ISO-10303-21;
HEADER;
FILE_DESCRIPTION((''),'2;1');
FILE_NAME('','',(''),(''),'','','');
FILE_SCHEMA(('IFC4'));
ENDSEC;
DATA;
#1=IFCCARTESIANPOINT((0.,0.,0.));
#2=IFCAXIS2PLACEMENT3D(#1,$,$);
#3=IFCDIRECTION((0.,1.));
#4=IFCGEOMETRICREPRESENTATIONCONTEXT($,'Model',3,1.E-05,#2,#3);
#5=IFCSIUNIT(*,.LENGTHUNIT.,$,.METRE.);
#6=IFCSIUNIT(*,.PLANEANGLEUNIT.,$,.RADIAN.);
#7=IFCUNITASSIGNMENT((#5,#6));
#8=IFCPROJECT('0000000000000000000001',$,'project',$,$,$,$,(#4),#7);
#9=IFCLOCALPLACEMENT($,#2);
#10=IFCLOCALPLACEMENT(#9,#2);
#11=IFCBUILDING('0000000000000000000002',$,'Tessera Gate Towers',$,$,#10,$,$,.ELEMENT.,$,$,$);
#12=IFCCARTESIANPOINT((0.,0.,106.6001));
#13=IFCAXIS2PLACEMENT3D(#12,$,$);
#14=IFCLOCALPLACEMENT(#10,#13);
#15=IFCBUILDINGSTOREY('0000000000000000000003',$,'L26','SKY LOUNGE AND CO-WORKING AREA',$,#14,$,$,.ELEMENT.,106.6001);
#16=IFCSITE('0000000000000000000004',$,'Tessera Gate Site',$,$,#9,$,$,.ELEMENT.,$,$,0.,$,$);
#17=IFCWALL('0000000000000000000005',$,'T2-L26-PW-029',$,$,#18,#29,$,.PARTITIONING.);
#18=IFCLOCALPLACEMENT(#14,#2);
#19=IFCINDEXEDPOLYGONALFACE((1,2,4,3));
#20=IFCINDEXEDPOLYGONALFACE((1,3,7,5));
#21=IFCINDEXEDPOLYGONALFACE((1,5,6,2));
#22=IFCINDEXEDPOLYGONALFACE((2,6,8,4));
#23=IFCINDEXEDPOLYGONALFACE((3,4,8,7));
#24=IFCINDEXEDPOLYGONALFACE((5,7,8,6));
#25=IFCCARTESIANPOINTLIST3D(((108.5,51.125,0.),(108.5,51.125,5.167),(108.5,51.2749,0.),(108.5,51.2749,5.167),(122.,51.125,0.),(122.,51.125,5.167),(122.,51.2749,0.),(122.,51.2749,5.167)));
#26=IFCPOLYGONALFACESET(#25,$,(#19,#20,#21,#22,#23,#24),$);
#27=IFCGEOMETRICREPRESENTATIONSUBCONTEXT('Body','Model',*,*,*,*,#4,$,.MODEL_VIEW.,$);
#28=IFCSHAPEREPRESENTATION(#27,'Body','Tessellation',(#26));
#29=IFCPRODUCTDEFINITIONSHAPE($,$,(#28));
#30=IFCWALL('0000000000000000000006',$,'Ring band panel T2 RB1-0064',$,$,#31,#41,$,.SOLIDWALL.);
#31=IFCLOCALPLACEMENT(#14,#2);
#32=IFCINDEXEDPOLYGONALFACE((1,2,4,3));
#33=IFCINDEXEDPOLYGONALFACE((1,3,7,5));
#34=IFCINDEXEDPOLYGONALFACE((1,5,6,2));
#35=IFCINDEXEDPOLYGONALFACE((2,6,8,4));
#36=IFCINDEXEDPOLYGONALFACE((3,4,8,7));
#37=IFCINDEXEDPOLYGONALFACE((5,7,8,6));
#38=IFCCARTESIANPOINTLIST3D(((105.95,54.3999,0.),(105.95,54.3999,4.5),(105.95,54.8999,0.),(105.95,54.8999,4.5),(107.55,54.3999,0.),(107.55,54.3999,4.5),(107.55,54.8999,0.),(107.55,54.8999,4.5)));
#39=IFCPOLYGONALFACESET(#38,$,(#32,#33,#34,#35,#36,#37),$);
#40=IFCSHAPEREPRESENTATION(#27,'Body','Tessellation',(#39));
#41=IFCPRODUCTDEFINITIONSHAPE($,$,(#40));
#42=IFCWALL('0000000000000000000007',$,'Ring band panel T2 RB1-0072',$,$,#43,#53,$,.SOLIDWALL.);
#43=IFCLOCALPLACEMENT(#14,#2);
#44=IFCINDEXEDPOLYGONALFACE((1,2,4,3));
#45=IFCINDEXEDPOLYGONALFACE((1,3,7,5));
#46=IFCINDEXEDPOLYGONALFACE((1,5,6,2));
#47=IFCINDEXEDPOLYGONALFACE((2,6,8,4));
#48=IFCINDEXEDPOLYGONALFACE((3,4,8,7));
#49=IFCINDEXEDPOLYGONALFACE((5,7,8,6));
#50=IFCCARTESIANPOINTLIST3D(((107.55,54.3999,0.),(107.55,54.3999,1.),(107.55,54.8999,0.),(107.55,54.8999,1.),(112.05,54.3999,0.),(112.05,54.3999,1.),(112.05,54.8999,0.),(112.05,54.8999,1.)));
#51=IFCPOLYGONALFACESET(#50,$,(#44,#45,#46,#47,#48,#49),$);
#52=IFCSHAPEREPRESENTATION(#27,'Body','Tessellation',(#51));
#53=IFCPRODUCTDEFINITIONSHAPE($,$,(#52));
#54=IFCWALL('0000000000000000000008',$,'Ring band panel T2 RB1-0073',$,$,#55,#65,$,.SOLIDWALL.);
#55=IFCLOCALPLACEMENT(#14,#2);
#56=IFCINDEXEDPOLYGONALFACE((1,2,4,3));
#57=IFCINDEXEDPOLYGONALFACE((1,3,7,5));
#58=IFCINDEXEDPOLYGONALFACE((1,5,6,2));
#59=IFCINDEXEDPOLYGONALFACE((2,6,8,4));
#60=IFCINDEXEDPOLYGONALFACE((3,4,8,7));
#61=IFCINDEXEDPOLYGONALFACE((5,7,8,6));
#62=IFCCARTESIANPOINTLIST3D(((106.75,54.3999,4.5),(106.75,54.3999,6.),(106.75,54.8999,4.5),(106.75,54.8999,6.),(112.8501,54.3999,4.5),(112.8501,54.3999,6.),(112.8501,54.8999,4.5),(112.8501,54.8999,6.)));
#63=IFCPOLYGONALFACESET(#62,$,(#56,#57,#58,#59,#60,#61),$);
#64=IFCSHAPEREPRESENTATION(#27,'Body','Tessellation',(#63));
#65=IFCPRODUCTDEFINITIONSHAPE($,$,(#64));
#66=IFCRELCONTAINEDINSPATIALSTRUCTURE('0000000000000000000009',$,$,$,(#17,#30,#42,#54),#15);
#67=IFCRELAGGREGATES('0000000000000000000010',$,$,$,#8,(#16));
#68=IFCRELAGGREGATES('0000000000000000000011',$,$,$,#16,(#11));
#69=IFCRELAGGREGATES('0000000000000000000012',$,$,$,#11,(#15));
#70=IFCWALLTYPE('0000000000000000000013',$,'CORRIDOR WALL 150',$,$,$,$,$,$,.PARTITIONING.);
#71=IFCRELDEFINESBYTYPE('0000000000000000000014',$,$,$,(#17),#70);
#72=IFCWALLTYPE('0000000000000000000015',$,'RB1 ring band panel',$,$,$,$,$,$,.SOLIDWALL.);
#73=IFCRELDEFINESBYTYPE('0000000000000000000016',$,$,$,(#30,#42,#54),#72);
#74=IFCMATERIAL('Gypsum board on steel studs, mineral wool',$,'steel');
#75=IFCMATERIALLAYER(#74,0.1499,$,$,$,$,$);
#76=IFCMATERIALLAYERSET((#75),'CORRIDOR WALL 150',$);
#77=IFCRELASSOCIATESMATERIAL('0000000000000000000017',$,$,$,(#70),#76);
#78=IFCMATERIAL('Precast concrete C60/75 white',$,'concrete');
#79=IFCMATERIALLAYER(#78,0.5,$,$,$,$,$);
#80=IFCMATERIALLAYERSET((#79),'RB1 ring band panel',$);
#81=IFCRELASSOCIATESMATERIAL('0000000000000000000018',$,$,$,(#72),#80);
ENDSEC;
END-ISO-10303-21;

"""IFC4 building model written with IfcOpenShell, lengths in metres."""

from ifc_helpers import new_model, si_unit, direction, frame, frame_2d, origin, place, context, subcontext, project, spatial, polyline, rectangle, outline, extrude, source, transform, mapped, material, layer, layer_set, type_object, element, save


model = new_model("IFC4")

# Units and contexts
model_context = context("Model", 3, precision=1e-05, world=origin(), true_north=direction((0.0, 1.0)))
body_context = subcontext(model_context, "Body", "Model", "MODEL_VIEW")
ifc_project = project(units=[si_unit("LENGTHUNIT", "METRE"), si_unit("PLANEANGLEUNIT", "RADIAN")], contexts=[model_context])

# Site, building, storey
site_placement = place(None, origin())
site = spatial("IfcSite", under=ifc_project, at=site_placement, Name="Tessera Gate Site", CompositionType="ELEMENT", RefElevation=0.0)
building_placement = place(site_placement, origin())
building = spatial("IfcBuilding", under=site, at=building_placement, Name="Tessera Gate Towers", CompositionType="ELEMENT")
storey_placement = place(building_placement, frame((0.0, 0.0, 106.6001)))
storey = spatial("IfcBuildingStorey", under=building, at=storey_placement, Name="L26", Description="SKY LOUNGE AND CO-WORKING AREA", CompositionType="ELEMENT", Elevation=106.6001)

# Walls
ifc_material_1 = material(Name="Gypsum board on steel studs, mineral wool", Category="steel")
ifc_layer_1 = layer(ifc_material_1, 0.1499)
ifc_layer_set_1 = layer_set([ifc_layer_1], Name="CORRIDOR WALL 150")
wall_type_1 = type_object("IfcWallType", Name="CORRIDOR WALL 150", PredefinedType="PARTITIONING", material=ifc_layer_set_1)
wall_1_placement = place(storey_placement, frame((108.5, 51.2, 0.0), z_axis=(0.0, 0.0, 1.0), x_axis=(1.0, 0.0, 0.0)))
element("IfcWall", 1, at=wall_1_placement, inside=storey, type_object=wall_type_1, Name="T2-L26-PW-029", PredefinedType="PARTITIONING", context=body_context, shape_type="SweptSolid", body=[
    extrude(rectangle(XDim=13.5, YDim=0.1499, at=frame_2d((6.75, 0.0))), origin(), (0.0, 0.0, 1.0), 5.167),
])
ifc_material_2 = material(Name="Precast concrete C60/75 white", Category="concrete")
ifc_layer_2 = layer(ifc_material_2, 0.5)
ifc_layer_set_2 = layer_set([ifc_layer_2], Name="RB1 ring band panel")
wall_type_2 = type_object("IfcWallType", Name="RB1 ring band panel", PredefinedType="SOLIDWALL", material=ifc_layer_set_2)
shared_shape_1 = source(origin(), body_context, "Body", "SweptSolid", [
    extrude(outline(polyline([(0.0, 0.0), (1.6001, 0.0), (1.6001, 4.5), (0.0, 4.5), (0.0, 0.0)])), frame((0.0, 0.25, 0.0), z_axis=(0.0, -1.0, 0.0), x_axis=(1.0, 0.0, 0.0)), (0.0, 0.0, 1.0), 0.5),
])
wall_2_placement = place(storey_placement, frame((107.55, 54.6499, 0.0), z_axis=(0.0, 0.0, 1.0), x_axis=(-1.0, 0.0, 0.0)))
element("IfcWall", 2, at=wall_2_placement, inside=storey, type_object=wall_type_2, Name="Ring band panel T2 RB1-0064", PredefinedType="SOLIDWALL", context=body_context, shape_type="MappedRepresentation", body=[
    mapped(shared_shape_1, transform((0.0, 0.0, 0.0), scale=1.0)),
])
shared_shape_2 = source(origin(), body_context, "Body", "SweptSolid", [
    extrude(outline(polyline([(0.0, 0.0), (4.5, 0.0), (4.5, 1.0), (0.0, 1.0), (0.0, 0.0)])), frame((0.0, 0.25, 0.0), z_axis=(0.0, -1.0, 0.0), x_axis=(1.0, 0.0, 0.0)), (0.0, 0.0, 1.0), 0.5),
])
wall_3_placement = place(storey_placement, frame((112.05, 54.6499, 0.0), z_axis=(0.0, 0.0, 1.0), x_axis=(-1.0, 0.0, 0.0)))
element("IfcWall", 3, at=wall_3_placement, inside=storey, type_object=wall_type_2, Name="Ring band panel T2 RB1-0072", PredefinedType="SOLIDWALL", context=body_context, shape_type="MappedRepresentation", body=[
    mapped(shared_shape_2, transform((0.0, 0.0, 0.0), scale=1.0)),
])
shared_shape_3 = source(origin(), body_context, "Body", "SweptSolid", [
    extrude(outline(polyline([(0.0, 0.0), (6.1001, 0.0), (6.1001, 1.5), (0.0, 1.5), (0.0, 0.0)])), frame((0.0, 0.25, 0.0), z_axis=(0.0, -1.0, 0.0), x_axis=(1.0, 0.0, 0.0)), (0.0, 0.0, 1.0), 0.5),
])
wall_4_placement = place(storey_placement, frame((112.8501, 54.6499, 4.5), z_axis=(0.0, 0.0, 1.0), x_axis=(-1.0, 0.0, 0.0)))
element("IfcWall", 4, at=wall_4_placement, inside=storey, type_object=wall_type_2, Name="Ring band panel T2 RB1-0073", PredefinedType="SOLIDWALL", context=body_context, shape_type="MappedRepresentation", body=[
    mapped(shared_shape_3, transform((0.0, 0.0, 0.0), scale=1.0)),
])

save(model, "model.ifc")
